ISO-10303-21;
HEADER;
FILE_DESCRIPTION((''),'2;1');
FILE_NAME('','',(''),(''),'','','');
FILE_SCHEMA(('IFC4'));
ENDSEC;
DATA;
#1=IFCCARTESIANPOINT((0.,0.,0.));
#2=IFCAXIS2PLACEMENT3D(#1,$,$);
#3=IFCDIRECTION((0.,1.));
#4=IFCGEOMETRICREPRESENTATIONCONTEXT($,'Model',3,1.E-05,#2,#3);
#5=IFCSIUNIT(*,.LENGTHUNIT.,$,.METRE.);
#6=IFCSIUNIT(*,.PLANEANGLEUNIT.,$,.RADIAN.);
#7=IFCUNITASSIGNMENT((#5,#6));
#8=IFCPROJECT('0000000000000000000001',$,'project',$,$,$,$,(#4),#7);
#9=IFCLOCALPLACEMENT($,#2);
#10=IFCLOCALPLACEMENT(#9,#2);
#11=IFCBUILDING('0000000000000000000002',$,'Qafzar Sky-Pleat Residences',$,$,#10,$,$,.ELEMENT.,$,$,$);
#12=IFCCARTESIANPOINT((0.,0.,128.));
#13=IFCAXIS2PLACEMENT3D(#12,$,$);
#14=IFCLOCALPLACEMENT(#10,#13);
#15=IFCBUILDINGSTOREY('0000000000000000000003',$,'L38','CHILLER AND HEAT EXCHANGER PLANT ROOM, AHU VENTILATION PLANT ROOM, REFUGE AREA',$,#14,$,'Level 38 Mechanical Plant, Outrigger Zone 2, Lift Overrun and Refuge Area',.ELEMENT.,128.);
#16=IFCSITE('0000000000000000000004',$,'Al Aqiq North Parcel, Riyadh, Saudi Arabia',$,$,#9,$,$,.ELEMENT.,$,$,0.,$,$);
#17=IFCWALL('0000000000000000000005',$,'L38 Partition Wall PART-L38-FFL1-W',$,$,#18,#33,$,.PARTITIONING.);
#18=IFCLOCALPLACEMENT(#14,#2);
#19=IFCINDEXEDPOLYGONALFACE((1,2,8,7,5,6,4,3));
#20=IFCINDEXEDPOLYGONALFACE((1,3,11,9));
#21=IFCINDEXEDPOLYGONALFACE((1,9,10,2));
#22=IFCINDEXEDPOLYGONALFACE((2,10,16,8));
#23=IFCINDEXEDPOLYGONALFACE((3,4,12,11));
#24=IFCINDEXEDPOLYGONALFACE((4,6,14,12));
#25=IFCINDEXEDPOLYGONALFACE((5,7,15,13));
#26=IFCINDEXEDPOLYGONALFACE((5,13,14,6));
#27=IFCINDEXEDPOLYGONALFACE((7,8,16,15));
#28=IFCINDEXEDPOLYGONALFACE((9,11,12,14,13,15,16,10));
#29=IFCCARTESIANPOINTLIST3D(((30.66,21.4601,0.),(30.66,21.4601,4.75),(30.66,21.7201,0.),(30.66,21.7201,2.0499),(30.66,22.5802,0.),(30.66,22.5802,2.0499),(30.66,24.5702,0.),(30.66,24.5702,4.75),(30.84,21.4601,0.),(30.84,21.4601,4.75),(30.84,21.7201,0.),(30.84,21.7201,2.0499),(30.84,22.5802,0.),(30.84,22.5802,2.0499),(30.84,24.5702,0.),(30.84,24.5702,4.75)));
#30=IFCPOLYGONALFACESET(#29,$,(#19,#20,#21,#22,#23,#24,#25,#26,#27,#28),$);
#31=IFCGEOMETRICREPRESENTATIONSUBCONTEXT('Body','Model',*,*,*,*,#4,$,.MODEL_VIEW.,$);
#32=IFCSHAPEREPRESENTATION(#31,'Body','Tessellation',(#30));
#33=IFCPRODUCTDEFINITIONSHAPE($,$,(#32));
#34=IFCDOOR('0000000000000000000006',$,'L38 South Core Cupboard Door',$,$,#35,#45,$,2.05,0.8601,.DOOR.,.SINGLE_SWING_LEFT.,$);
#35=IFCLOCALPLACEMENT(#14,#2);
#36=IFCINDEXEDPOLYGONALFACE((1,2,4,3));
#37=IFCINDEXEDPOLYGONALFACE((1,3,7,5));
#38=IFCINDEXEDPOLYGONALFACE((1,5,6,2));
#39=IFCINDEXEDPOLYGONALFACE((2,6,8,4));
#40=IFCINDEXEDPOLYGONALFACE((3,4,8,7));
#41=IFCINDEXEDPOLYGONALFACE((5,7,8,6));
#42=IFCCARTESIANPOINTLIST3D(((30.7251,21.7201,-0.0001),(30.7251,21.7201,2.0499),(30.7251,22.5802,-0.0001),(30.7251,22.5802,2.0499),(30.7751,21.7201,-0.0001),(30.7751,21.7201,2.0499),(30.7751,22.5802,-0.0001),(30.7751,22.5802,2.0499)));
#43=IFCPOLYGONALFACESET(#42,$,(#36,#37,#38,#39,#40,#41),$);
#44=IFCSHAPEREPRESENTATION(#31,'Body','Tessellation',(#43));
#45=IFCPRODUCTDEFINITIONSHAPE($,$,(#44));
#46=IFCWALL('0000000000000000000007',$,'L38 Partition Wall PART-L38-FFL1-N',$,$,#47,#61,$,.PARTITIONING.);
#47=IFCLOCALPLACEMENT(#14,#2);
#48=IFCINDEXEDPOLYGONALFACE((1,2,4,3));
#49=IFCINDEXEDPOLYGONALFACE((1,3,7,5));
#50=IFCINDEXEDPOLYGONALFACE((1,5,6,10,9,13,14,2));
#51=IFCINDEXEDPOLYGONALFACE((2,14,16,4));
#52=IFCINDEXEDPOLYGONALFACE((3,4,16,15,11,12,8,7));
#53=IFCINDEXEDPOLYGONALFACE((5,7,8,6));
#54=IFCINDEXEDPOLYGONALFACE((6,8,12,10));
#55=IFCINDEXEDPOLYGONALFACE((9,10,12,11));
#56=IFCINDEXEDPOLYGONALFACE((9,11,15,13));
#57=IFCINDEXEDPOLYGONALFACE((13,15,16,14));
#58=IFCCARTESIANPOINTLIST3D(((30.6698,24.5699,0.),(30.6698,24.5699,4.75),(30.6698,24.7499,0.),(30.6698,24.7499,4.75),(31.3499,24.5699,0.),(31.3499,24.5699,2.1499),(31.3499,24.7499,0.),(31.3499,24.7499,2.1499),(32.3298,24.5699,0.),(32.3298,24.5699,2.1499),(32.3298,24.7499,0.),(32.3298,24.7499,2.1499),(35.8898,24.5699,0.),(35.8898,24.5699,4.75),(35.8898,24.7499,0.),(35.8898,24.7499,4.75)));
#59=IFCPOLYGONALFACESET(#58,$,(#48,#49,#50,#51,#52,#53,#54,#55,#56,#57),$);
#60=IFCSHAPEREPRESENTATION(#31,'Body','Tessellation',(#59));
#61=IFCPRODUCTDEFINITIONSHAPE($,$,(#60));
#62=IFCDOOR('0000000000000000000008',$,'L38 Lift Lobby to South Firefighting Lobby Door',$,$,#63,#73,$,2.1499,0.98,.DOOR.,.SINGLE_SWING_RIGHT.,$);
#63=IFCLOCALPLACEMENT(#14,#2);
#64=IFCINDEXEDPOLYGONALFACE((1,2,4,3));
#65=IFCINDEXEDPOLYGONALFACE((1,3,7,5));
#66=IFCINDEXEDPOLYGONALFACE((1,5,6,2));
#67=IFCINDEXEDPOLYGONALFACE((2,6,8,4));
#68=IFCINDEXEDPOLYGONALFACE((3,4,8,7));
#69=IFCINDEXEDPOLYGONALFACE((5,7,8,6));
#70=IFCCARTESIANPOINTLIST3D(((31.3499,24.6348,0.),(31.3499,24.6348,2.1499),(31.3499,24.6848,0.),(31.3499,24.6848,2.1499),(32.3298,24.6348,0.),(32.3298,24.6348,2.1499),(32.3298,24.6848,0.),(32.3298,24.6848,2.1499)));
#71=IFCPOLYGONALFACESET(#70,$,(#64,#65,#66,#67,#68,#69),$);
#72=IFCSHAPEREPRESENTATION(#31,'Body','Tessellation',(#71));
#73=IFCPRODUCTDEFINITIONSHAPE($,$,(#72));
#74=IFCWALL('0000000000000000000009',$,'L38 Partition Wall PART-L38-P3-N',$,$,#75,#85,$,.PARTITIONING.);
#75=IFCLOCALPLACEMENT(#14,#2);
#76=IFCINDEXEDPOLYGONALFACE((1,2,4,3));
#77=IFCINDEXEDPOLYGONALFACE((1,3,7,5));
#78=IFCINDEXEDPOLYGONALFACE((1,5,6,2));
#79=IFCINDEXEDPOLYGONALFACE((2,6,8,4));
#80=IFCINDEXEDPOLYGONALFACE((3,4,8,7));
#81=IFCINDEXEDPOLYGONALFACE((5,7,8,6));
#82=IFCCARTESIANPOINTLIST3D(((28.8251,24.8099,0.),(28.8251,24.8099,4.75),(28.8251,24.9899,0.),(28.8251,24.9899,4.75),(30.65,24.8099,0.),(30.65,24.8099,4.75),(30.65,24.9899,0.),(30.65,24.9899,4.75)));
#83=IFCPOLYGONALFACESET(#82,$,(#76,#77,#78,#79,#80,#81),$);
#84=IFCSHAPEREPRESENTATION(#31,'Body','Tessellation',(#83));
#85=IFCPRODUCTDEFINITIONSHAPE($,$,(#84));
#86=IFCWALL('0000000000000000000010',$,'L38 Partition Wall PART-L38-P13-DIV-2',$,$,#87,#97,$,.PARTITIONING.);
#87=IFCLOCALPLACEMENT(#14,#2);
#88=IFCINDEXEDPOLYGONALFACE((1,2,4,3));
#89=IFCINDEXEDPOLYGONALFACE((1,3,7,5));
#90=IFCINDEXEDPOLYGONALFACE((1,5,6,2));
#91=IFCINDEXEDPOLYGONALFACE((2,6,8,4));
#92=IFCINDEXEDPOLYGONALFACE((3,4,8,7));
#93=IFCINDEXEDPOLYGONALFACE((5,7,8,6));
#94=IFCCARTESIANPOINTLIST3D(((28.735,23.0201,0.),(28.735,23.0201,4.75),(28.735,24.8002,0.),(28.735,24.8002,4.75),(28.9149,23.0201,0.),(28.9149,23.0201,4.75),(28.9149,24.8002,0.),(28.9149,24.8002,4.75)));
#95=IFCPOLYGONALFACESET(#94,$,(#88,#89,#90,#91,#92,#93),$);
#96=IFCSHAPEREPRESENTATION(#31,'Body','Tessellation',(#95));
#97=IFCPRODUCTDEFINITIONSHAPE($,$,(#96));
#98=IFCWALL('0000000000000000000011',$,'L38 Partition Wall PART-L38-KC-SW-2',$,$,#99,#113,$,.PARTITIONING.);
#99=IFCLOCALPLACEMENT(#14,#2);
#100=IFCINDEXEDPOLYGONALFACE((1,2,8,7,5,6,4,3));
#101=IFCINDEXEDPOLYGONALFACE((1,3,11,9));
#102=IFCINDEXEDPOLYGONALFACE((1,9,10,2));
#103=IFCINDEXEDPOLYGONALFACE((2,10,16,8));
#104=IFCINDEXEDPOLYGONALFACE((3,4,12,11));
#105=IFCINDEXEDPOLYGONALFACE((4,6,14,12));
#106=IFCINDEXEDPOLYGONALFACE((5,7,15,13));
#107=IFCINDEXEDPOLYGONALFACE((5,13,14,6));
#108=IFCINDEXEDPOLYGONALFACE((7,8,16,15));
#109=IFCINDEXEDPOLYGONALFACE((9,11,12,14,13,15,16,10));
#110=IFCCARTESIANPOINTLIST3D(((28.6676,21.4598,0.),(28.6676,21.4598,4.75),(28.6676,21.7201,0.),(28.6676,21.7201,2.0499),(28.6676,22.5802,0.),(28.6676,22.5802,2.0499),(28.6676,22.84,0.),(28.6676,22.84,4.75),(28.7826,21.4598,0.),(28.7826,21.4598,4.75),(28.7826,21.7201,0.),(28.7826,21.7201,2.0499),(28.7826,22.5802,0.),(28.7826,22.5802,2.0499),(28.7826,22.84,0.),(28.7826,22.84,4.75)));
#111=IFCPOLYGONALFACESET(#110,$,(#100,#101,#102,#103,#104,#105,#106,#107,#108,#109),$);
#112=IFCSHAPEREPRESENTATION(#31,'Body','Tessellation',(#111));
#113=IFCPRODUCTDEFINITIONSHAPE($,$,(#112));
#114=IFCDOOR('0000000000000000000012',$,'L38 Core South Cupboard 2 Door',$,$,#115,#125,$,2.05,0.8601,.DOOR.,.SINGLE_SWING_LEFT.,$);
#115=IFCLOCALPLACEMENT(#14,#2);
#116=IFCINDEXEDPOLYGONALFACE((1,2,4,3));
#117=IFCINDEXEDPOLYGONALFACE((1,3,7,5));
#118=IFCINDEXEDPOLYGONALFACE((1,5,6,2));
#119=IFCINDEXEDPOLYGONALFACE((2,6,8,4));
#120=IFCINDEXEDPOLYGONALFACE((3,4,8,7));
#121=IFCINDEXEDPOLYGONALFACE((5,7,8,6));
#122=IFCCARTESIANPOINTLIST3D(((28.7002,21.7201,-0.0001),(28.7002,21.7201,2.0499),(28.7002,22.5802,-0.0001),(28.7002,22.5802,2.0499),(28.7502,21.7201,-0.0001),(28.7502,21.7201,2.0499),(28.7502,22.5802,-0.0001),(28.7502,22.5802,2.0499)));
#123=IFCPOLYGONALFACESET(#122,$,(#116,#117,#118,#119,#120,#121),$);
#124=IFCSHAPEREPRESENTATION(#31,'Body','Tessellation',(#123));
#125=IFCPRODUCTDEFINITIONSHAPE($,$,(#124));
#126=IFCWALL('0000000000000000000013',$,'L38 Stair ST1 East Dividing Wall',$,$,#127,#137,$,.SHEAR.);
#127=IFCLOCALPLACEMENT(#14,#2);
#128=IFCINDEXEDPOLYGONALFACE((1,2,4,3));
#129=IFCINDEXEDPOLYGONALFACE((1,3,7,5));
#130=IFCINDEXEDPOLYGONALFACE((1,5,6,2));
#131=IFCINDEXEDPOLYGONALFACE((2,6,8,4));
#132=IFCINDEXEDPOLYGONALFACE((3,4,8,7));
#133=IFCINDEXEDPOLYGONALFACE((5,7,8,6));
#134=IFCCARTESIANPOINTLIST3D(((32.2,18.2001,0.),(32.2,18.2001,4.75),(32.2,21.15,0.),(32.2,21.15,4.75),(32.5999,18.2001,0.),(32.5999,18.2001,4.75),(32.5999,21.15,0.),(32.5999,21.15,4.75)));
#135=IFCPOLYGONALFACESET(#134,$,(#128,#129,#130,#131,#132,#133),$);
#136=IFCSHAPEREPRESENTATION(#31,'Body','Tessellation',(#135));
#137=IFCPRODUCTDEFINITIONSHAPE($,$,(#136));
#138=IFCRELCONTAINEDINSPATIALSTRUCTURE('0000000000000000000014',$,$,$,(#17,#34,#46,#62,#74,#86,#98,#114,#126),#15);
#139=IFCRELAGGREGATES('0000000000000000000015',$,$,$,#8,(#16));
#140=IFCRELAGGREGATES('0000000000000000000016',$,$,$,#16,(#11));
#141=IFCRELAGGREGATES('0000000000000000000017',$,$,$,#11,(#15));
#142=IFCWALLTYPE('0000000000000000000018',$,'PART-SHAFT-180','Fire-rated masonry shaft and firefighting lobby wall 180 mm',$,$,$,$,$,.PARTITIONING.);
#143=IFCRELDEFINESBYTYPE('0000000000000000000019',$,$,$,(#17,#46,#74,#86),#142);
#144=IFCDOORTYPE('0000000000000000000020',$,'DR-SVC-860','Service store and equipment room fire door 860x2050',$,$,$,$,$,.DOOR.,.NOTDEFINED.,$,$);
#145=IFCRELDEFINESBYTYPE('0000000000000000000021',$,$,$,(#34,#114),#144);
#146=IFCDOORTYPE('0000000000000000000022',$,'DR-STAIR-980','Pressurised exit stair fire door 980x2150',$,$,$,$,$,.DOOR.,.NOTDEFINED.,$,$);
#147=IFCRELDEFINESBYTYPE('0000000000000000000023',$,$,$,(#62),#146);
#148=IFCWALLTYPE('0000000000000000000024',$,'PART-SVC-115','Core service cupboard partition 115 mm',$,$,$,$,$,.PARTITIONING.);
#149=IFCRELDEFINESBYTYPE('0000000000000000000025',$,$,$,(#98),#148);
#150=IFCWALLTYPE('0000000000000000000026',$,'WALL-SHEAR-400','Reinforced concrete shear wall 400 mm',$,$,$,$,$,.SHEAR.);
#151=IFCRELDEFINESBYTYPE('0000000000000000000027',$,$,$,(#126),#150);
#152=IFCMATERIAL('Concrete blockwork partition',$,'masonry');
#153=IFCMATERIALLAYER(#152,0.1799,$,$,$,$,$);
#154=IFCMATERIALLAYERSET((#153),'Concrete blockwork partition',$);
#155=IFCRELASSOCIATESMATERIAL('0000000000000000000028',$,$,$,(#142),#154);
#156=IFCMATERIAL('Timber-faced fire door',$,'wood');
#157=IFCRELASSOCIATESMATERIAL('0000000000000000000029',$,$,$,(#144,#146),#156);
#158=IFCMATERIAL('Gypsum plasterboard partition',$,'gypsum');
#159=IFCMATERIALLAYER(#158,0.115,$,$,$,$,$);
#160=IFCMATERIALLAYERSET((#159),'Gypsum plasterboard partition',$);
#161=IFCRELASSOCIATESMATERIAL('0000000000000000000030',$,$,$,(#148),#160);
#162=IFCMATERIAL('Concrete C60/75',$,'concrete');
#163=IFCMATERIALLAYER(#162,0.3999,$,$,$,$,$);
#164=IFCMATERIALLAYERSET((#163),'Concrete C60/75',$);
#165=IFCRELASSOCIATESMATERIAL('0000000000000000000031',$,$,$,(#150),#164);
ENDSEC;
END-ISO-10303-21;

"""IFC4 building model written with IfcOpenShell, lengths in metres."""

from ifc_helpers import new_model, si_unit, direction, frame, frame_2d, origin, place, context, subcontext, project, spatial, rectangle, extrude, source, transform, mapped, material, layer, layer_set, type_object, element, fill, save


model = new_model("IFC4")

# Units and contexts
model_context = context("Model", 3, precision=1e-05, world=origin(), true_north=direction((0.0, 1.0)))
body_context = subcontext(model_context, "Body", "Model", "MODEL_VIEW")
ifc_project = project(units=[si_unit("LENGTHUNIT", "METRE"), si_unit("PLANEANGLEUNIT", "RADIAN")], contexts=[model_context])

# Site, building, storey
site_placement = place(None, origin())
site = spatial("IfcSite", under=ifc_project, at=site_placement, Name="Al Aqiq North Parcel, Riyadh, Saudi Arabia", CompositionType="ELEMENT", RefElevation=0.0)
building_placement = place(site_placement, origin())
building = spatial("IfcBuilding", under=site, at=building_placement, Name="Qafzar Sky-Pleat Residences", CompositionType="ELEMENT")
storey_placement = place(building_placement, frame((0.0, 0.0, 128.0)))
storey = spatial("IfcBuildingStorey", under=building, at=storey_placement, Name="L38", Description="CHILLER AND HEAT EXCHANGER PLANT ROOM, AHU VENTILATION PLANT ROOM, REFUGE AREA", LongName="Level 38 Mechanical Plant, Outrigger Zone 2, Lift Overrun and Refuge Area", CompositionType="ELEMENT", Elevation=128.0)

# Shared definitions
ifc_material_1 = material(Name="Timber-faced fire door", Category="wood")

# Walls, openings, doors
ifc_material_2 = material(Name="Concrete blockwork partition", Category="masonry")
ifc_layer_1 = layer(ifc_material_2, 0.1799)
ifc_layer_set_1 = layer_set([ifc_layer_1], Name="Concrete blockwork partition")
wall_type_1 = type_object("IfcWallType", Name="PART-SHAFT-180", Description="Fire-rated masonry shaft and firefighting lobby wall 180 mm", PredefinedType="PARTITIONING", material=ifc_layer_set_1)
wall_1_placement = place(storey_placement, frame((30.75, 21.46, 0.0), z_axis=(0.0, 0.0, 1.0), x_axis=(0.0, 1.0, 0.0)))
wall_1 = element("IfcWall", 1, at=wall_1_placement, inside=storey, type_object=wall_type_1, Name="L38 Partition Wall PART-L38-FFL1-W", PredefinedType="PARTITIONING", context=body_context, shape_type="SweptSolid", body=[
    extrude(rectangle(XDim=3.1101, YDim=0.1799, at=frame_2d((1.5552, 0.0))), origin(), (0.0, 0.0, 1.0), 4.75),
])
opening_1_placement = place(wall_1_placement, frame((0.26, 0.0, 0.0)))
opening_1 = element("IfcOpeningElement", 2, at=opening_1_placement, cuts=wall_1, PredefinedType="OPENING", context=body_context, shape_type="SweptSolid", body=[
    extrude(rectangle(XDim=0.8601, YDim=2.05, at=frame_2d((0.4302, 1.0249))), frame((0.0, 0.1001, 0.0), z_axis=(0.0, -1.0, 0.0), x_axis=(1.0, 0.0, 0.0)), (0.0, 0.0, 1.0), 0.2),
])
door_type_1 = type_object("IfcDoorType", Name="DR-SVC-860", Description="Service store and equipment room fire door 860x2050", OperationType="NOTDEFINED", PredefinedType="DOOR", material=ifc_material_1)
shared_shape_1 = source(origin(), body_context, "Body", "SweptSolid", [
    extrude(rectangle(XDim=0.8601, YDim=2.05, at=frame_2d((0.4302, 1.0249))), frame((0.0, 0.0249, 0.0), z_axis=(0.0, -1.0, 0.0), x_axis=(1.0, 0.0, 0.0)), (0.0, 0.0, 1.0), 0.05),
])
door_1_placement = place(opening_1_placement, origin())
door_1 = element("IfcDoor", 3, at=door_1_placement, inside=storey, type_object=door_type_1, Name="L38 South Core Cupboard Door", OperationType="SINGLE_SWING_LEFT", OverallHeight=2.05, OverallWidth=0.8601, PredefinedType="DOOR", context=body_context, shape_type="MappedRepresentation", body=[
    mapped(shared_shape_1, transform((0.0, 0.0, 0.0), x_axis=(1.0, 0.0, 0.0), y_axis=(0.0, 1.0, 0.0), z_axis=(0.0, 0.0, 1.0), scale=1.0)),
])
fill(opening_1, door_1)
wall_2_placement = place(storey_placement, frame((30.6699, 24.6599, 0.0), z_axis=(0.0, 0.0, 1.0), x_axis=(1.0, 0.0, 0.0)))
wall_2 = element("IfcWall", 4, at=wall_2_placement, inside=storey, type_object=wall_type_1, Name="L38 Partition Wall PART-L38-FFL1-N", PredefinedType="PARTITIONING", context=body_context, shape_type="SweptSolid", body=[
    extrude(rectangle(XDim=5.22, YDim=0.1799, at=frame_2d((2.6099, 0.0))), origin(), (0.0, 0.0, 1.0), 4.75),
])
opening_2_placement = place(wall_2_placement, frame((0.6799, 0.0, 0.0)))
opening_2 = element("IfcOpeningElement", 5, at=opening_2_placement, cuts=wall_2, PredefinedType="OPENING", context=body_context, shape_type="SweptSolid", body=[
    extrude(rectangle(XDim=0.98, YDim=2.1499, at=frame_2d((0.49, 1.075))), frame((0.0, 0.1001, 0.0), z_axis=(0.0, -1.0, 0.0), x_axis=(1.0, 0.0, 0.0)), (0.0, 0.0, 1.0), 0.2),
])
door_type_2 = type_object("IfcDoorType", Name="DR-STAIR-980", Description="Pressurised exit stair fire door 980x2150", OperationType="NOTDEFINED", PredefinedType="DOOR", material=ifc_material_1)
shared_shape_2 = source(origin(), body_context, "Body", "SweptSolid", [
    extrude(rectangle(XDim=0.98, YDim=2.1499, at=frame_2d((0.49, 1.075))), frame((0.0, 0.0249, 0.0), z_axis=(0.0, -1.0, 0.0), x_axis=(1.0, 0.0, 0.0)), (0.0, 0.0, 1.0), 0.05),
])
door_2_placement = place(opening_2_placement, origin())
door_2 = element("IfcDoor", 6, at=door_2_placement, inside=storey, type_object=door_type_2, Name="L38 Lift Lobby to South Firefighting Lobby Door", OperationType="SINGLE_SWING_RIGHT", OverallHeight=2.1499, OverallWidth=0.98, PredefinedType="DOOR", context=body_context, shape_type="MappedRepresentation", body=[
    mapped(shared_shape_2, transform((0.0, 0.0, 0.0), x_axis=(1.0, 0.0, 0.0), y_axis=(0.0, 1.0, 0.0), z_axis=(0.0, 0.0, 1.0), scale=1.0)),
])
fill(opening_2, door_2)

# Walls
wall_3_placement = place(storey_placement, frame((28.825, 24.8999, 0.0), z_axis=(0.0, 0.0, 1.0), x_axis=(1.0, 0.0, 0.0)))
element("IfcWall", 7, at=wall_3_placement, inside=storey, type_object=wall_type_1, Name="L38 Partition Wall PART-L38-P3-N", PredefinedType="PARTITIONING", context=body_context, shape_type="SweptSolid", body=[
    extrude(rectangle(XDim=1.825, YDim=0.1799, at=frame_2d((0.9126, 0.0))), origin(), (0.0, 0.0, 1.0), 4.75),
])
wall_4_placement = place(storey_placement, frame((28.825, 23.02, 0.0), z_axis=(0.0, 0.0, 1.0), x_axis=(0.0, 1.0, 0.0)))
element("IfcWall", 8, at=wall_4_placement, inside=storey, type_object=wall_type_1, Name="L38 Partition Wall PART-L38-P13-DIV-2", PredefinedType="PARTITIONING", context=body_context, shape_type="SweptSolid", body=[
    extrude(rectangle(XDim=1.78, YDim=0.1799, at=frame_2d((0.8901, 0.0))), origin(), (0.0, 0.0, 1.0), 4.75),
])

# Wall, opening, door
ifc_material_3 = material(Name="Gypsum plasterboard partition", Category="gypsum")
ifc_layer_2 = layer(ifc_material_3, 0.115)
ifc_layer_set_2 = layer_set([ifc_layer_2], Name="Gypsum plasterboard partition")
wall_type_2 = type_object("IfcWallType", Name="PART-SVC-115", Description="Core service cupboard partition 115 mm", PredefinedType="PARTITIONING", material=ifc_layer_set_2)
wall_5_placement = place(storey_placement, frame((28.7251, 21.46, 0.0), z_axis=(0.0, 0.0, 1.0), x_axis=(0.0, 1.0, 0.0)))
wall_5 = element("IfcWall", 9, at=wall_5_placement, inside=storey, type_object=wall_type_2, Name="L38 Partition Wall PART-L38-KC-SW-2", PredefinedType="PARTITIONING", context=body_context, shape_type="SweptSolid", body=[
    extrude(rectangle(XDim=1.3801, YDim=0.115, at=frame_2d((0.6899, 0.0))), origin(), (0.0, 0.0, 1.0), 4.75),
])
opening_3_placement = place(wall_5_placement, frame((0.26, 0.0, 0.0)))
opening_3 = element("IfcOpeningElement", 10, at=opening_3_placement, cuts=wall_5, PredefinedType="OPENING", context=body_context, shape_type="SweptSolid", body=[
    extrude(rectangle(XDim=0.8601, YDim=2.05, at=frame_2d((0.4302, 1.0249))), frame((0.0, 0.0674, 0.0), z_axis=(0.0, -1.0, 0.0), x_axis=(1.0, 0.0, 0.0)), (0.0, 0.0, 1.0), 0.135),
])
door_3_placement = place(opening_3_placement, origin())
door_3 = element("IfcDoor", 11, at=door_3_placement, inside=storey, type_object=door_type_1, Name="L38 Core South Cupboard 2 Door", OperationType="SINGLE_SWING_LEFT", OverallHeight=2.05, OverallWidth=0.8601, PredefinedType="DOOR", context=body_context, shape_type="MappedRepresentation", body=[
    mapped(shared_shape_1, transform((0.0, 0.0, 0.0), x_axis=(1.0, 0.0, 0.0), y_axis=(0.0, 1.0, 0.0), z_axis=(0.0, 0.0, 1.0), scale=1.0)),
])
fill(opening_3, door_3)

# Wall
ifc_material_4 = material(Name="Concrete C60/75", Category="concrete")
ifc_layer_3 = layer(ifc_material_4, 0.3999)
ifc_layer_set_3 = layer_set([ifc_layer_3], Name="Concrete C60/75")
wall_type_3 = type_object("IfcWallType", Name="WALL-SHEAR-400", Description="Reinforced concrete shear wall 400 mm", PredefinedType="SHEAR", material=ifc_layer_set_3)
wall_6_placement = place(storey_placement, frame((32.3999, 18.2, 0.0), z_axis=(0.0, 0.0, 1.0), x_axis=(0.0, 1.0, 0.0)))
element("IfcWall", 12, at=wall_6_placement, inside=storey, type_object=wall_type_3, Name="L38 Stair ST1 East Dividing Wall", PredefinedType="SHEAR", context=body_context, shape_type="SweptSolid", body=[
    extrude(rectangle(XDim=2.95, YDim=0.3999, at=frame_2d((1.4751, 0.0))), origin(), (0.0, 0.0, 1.0), 4.75),
])

save(model, "model.ifc")
